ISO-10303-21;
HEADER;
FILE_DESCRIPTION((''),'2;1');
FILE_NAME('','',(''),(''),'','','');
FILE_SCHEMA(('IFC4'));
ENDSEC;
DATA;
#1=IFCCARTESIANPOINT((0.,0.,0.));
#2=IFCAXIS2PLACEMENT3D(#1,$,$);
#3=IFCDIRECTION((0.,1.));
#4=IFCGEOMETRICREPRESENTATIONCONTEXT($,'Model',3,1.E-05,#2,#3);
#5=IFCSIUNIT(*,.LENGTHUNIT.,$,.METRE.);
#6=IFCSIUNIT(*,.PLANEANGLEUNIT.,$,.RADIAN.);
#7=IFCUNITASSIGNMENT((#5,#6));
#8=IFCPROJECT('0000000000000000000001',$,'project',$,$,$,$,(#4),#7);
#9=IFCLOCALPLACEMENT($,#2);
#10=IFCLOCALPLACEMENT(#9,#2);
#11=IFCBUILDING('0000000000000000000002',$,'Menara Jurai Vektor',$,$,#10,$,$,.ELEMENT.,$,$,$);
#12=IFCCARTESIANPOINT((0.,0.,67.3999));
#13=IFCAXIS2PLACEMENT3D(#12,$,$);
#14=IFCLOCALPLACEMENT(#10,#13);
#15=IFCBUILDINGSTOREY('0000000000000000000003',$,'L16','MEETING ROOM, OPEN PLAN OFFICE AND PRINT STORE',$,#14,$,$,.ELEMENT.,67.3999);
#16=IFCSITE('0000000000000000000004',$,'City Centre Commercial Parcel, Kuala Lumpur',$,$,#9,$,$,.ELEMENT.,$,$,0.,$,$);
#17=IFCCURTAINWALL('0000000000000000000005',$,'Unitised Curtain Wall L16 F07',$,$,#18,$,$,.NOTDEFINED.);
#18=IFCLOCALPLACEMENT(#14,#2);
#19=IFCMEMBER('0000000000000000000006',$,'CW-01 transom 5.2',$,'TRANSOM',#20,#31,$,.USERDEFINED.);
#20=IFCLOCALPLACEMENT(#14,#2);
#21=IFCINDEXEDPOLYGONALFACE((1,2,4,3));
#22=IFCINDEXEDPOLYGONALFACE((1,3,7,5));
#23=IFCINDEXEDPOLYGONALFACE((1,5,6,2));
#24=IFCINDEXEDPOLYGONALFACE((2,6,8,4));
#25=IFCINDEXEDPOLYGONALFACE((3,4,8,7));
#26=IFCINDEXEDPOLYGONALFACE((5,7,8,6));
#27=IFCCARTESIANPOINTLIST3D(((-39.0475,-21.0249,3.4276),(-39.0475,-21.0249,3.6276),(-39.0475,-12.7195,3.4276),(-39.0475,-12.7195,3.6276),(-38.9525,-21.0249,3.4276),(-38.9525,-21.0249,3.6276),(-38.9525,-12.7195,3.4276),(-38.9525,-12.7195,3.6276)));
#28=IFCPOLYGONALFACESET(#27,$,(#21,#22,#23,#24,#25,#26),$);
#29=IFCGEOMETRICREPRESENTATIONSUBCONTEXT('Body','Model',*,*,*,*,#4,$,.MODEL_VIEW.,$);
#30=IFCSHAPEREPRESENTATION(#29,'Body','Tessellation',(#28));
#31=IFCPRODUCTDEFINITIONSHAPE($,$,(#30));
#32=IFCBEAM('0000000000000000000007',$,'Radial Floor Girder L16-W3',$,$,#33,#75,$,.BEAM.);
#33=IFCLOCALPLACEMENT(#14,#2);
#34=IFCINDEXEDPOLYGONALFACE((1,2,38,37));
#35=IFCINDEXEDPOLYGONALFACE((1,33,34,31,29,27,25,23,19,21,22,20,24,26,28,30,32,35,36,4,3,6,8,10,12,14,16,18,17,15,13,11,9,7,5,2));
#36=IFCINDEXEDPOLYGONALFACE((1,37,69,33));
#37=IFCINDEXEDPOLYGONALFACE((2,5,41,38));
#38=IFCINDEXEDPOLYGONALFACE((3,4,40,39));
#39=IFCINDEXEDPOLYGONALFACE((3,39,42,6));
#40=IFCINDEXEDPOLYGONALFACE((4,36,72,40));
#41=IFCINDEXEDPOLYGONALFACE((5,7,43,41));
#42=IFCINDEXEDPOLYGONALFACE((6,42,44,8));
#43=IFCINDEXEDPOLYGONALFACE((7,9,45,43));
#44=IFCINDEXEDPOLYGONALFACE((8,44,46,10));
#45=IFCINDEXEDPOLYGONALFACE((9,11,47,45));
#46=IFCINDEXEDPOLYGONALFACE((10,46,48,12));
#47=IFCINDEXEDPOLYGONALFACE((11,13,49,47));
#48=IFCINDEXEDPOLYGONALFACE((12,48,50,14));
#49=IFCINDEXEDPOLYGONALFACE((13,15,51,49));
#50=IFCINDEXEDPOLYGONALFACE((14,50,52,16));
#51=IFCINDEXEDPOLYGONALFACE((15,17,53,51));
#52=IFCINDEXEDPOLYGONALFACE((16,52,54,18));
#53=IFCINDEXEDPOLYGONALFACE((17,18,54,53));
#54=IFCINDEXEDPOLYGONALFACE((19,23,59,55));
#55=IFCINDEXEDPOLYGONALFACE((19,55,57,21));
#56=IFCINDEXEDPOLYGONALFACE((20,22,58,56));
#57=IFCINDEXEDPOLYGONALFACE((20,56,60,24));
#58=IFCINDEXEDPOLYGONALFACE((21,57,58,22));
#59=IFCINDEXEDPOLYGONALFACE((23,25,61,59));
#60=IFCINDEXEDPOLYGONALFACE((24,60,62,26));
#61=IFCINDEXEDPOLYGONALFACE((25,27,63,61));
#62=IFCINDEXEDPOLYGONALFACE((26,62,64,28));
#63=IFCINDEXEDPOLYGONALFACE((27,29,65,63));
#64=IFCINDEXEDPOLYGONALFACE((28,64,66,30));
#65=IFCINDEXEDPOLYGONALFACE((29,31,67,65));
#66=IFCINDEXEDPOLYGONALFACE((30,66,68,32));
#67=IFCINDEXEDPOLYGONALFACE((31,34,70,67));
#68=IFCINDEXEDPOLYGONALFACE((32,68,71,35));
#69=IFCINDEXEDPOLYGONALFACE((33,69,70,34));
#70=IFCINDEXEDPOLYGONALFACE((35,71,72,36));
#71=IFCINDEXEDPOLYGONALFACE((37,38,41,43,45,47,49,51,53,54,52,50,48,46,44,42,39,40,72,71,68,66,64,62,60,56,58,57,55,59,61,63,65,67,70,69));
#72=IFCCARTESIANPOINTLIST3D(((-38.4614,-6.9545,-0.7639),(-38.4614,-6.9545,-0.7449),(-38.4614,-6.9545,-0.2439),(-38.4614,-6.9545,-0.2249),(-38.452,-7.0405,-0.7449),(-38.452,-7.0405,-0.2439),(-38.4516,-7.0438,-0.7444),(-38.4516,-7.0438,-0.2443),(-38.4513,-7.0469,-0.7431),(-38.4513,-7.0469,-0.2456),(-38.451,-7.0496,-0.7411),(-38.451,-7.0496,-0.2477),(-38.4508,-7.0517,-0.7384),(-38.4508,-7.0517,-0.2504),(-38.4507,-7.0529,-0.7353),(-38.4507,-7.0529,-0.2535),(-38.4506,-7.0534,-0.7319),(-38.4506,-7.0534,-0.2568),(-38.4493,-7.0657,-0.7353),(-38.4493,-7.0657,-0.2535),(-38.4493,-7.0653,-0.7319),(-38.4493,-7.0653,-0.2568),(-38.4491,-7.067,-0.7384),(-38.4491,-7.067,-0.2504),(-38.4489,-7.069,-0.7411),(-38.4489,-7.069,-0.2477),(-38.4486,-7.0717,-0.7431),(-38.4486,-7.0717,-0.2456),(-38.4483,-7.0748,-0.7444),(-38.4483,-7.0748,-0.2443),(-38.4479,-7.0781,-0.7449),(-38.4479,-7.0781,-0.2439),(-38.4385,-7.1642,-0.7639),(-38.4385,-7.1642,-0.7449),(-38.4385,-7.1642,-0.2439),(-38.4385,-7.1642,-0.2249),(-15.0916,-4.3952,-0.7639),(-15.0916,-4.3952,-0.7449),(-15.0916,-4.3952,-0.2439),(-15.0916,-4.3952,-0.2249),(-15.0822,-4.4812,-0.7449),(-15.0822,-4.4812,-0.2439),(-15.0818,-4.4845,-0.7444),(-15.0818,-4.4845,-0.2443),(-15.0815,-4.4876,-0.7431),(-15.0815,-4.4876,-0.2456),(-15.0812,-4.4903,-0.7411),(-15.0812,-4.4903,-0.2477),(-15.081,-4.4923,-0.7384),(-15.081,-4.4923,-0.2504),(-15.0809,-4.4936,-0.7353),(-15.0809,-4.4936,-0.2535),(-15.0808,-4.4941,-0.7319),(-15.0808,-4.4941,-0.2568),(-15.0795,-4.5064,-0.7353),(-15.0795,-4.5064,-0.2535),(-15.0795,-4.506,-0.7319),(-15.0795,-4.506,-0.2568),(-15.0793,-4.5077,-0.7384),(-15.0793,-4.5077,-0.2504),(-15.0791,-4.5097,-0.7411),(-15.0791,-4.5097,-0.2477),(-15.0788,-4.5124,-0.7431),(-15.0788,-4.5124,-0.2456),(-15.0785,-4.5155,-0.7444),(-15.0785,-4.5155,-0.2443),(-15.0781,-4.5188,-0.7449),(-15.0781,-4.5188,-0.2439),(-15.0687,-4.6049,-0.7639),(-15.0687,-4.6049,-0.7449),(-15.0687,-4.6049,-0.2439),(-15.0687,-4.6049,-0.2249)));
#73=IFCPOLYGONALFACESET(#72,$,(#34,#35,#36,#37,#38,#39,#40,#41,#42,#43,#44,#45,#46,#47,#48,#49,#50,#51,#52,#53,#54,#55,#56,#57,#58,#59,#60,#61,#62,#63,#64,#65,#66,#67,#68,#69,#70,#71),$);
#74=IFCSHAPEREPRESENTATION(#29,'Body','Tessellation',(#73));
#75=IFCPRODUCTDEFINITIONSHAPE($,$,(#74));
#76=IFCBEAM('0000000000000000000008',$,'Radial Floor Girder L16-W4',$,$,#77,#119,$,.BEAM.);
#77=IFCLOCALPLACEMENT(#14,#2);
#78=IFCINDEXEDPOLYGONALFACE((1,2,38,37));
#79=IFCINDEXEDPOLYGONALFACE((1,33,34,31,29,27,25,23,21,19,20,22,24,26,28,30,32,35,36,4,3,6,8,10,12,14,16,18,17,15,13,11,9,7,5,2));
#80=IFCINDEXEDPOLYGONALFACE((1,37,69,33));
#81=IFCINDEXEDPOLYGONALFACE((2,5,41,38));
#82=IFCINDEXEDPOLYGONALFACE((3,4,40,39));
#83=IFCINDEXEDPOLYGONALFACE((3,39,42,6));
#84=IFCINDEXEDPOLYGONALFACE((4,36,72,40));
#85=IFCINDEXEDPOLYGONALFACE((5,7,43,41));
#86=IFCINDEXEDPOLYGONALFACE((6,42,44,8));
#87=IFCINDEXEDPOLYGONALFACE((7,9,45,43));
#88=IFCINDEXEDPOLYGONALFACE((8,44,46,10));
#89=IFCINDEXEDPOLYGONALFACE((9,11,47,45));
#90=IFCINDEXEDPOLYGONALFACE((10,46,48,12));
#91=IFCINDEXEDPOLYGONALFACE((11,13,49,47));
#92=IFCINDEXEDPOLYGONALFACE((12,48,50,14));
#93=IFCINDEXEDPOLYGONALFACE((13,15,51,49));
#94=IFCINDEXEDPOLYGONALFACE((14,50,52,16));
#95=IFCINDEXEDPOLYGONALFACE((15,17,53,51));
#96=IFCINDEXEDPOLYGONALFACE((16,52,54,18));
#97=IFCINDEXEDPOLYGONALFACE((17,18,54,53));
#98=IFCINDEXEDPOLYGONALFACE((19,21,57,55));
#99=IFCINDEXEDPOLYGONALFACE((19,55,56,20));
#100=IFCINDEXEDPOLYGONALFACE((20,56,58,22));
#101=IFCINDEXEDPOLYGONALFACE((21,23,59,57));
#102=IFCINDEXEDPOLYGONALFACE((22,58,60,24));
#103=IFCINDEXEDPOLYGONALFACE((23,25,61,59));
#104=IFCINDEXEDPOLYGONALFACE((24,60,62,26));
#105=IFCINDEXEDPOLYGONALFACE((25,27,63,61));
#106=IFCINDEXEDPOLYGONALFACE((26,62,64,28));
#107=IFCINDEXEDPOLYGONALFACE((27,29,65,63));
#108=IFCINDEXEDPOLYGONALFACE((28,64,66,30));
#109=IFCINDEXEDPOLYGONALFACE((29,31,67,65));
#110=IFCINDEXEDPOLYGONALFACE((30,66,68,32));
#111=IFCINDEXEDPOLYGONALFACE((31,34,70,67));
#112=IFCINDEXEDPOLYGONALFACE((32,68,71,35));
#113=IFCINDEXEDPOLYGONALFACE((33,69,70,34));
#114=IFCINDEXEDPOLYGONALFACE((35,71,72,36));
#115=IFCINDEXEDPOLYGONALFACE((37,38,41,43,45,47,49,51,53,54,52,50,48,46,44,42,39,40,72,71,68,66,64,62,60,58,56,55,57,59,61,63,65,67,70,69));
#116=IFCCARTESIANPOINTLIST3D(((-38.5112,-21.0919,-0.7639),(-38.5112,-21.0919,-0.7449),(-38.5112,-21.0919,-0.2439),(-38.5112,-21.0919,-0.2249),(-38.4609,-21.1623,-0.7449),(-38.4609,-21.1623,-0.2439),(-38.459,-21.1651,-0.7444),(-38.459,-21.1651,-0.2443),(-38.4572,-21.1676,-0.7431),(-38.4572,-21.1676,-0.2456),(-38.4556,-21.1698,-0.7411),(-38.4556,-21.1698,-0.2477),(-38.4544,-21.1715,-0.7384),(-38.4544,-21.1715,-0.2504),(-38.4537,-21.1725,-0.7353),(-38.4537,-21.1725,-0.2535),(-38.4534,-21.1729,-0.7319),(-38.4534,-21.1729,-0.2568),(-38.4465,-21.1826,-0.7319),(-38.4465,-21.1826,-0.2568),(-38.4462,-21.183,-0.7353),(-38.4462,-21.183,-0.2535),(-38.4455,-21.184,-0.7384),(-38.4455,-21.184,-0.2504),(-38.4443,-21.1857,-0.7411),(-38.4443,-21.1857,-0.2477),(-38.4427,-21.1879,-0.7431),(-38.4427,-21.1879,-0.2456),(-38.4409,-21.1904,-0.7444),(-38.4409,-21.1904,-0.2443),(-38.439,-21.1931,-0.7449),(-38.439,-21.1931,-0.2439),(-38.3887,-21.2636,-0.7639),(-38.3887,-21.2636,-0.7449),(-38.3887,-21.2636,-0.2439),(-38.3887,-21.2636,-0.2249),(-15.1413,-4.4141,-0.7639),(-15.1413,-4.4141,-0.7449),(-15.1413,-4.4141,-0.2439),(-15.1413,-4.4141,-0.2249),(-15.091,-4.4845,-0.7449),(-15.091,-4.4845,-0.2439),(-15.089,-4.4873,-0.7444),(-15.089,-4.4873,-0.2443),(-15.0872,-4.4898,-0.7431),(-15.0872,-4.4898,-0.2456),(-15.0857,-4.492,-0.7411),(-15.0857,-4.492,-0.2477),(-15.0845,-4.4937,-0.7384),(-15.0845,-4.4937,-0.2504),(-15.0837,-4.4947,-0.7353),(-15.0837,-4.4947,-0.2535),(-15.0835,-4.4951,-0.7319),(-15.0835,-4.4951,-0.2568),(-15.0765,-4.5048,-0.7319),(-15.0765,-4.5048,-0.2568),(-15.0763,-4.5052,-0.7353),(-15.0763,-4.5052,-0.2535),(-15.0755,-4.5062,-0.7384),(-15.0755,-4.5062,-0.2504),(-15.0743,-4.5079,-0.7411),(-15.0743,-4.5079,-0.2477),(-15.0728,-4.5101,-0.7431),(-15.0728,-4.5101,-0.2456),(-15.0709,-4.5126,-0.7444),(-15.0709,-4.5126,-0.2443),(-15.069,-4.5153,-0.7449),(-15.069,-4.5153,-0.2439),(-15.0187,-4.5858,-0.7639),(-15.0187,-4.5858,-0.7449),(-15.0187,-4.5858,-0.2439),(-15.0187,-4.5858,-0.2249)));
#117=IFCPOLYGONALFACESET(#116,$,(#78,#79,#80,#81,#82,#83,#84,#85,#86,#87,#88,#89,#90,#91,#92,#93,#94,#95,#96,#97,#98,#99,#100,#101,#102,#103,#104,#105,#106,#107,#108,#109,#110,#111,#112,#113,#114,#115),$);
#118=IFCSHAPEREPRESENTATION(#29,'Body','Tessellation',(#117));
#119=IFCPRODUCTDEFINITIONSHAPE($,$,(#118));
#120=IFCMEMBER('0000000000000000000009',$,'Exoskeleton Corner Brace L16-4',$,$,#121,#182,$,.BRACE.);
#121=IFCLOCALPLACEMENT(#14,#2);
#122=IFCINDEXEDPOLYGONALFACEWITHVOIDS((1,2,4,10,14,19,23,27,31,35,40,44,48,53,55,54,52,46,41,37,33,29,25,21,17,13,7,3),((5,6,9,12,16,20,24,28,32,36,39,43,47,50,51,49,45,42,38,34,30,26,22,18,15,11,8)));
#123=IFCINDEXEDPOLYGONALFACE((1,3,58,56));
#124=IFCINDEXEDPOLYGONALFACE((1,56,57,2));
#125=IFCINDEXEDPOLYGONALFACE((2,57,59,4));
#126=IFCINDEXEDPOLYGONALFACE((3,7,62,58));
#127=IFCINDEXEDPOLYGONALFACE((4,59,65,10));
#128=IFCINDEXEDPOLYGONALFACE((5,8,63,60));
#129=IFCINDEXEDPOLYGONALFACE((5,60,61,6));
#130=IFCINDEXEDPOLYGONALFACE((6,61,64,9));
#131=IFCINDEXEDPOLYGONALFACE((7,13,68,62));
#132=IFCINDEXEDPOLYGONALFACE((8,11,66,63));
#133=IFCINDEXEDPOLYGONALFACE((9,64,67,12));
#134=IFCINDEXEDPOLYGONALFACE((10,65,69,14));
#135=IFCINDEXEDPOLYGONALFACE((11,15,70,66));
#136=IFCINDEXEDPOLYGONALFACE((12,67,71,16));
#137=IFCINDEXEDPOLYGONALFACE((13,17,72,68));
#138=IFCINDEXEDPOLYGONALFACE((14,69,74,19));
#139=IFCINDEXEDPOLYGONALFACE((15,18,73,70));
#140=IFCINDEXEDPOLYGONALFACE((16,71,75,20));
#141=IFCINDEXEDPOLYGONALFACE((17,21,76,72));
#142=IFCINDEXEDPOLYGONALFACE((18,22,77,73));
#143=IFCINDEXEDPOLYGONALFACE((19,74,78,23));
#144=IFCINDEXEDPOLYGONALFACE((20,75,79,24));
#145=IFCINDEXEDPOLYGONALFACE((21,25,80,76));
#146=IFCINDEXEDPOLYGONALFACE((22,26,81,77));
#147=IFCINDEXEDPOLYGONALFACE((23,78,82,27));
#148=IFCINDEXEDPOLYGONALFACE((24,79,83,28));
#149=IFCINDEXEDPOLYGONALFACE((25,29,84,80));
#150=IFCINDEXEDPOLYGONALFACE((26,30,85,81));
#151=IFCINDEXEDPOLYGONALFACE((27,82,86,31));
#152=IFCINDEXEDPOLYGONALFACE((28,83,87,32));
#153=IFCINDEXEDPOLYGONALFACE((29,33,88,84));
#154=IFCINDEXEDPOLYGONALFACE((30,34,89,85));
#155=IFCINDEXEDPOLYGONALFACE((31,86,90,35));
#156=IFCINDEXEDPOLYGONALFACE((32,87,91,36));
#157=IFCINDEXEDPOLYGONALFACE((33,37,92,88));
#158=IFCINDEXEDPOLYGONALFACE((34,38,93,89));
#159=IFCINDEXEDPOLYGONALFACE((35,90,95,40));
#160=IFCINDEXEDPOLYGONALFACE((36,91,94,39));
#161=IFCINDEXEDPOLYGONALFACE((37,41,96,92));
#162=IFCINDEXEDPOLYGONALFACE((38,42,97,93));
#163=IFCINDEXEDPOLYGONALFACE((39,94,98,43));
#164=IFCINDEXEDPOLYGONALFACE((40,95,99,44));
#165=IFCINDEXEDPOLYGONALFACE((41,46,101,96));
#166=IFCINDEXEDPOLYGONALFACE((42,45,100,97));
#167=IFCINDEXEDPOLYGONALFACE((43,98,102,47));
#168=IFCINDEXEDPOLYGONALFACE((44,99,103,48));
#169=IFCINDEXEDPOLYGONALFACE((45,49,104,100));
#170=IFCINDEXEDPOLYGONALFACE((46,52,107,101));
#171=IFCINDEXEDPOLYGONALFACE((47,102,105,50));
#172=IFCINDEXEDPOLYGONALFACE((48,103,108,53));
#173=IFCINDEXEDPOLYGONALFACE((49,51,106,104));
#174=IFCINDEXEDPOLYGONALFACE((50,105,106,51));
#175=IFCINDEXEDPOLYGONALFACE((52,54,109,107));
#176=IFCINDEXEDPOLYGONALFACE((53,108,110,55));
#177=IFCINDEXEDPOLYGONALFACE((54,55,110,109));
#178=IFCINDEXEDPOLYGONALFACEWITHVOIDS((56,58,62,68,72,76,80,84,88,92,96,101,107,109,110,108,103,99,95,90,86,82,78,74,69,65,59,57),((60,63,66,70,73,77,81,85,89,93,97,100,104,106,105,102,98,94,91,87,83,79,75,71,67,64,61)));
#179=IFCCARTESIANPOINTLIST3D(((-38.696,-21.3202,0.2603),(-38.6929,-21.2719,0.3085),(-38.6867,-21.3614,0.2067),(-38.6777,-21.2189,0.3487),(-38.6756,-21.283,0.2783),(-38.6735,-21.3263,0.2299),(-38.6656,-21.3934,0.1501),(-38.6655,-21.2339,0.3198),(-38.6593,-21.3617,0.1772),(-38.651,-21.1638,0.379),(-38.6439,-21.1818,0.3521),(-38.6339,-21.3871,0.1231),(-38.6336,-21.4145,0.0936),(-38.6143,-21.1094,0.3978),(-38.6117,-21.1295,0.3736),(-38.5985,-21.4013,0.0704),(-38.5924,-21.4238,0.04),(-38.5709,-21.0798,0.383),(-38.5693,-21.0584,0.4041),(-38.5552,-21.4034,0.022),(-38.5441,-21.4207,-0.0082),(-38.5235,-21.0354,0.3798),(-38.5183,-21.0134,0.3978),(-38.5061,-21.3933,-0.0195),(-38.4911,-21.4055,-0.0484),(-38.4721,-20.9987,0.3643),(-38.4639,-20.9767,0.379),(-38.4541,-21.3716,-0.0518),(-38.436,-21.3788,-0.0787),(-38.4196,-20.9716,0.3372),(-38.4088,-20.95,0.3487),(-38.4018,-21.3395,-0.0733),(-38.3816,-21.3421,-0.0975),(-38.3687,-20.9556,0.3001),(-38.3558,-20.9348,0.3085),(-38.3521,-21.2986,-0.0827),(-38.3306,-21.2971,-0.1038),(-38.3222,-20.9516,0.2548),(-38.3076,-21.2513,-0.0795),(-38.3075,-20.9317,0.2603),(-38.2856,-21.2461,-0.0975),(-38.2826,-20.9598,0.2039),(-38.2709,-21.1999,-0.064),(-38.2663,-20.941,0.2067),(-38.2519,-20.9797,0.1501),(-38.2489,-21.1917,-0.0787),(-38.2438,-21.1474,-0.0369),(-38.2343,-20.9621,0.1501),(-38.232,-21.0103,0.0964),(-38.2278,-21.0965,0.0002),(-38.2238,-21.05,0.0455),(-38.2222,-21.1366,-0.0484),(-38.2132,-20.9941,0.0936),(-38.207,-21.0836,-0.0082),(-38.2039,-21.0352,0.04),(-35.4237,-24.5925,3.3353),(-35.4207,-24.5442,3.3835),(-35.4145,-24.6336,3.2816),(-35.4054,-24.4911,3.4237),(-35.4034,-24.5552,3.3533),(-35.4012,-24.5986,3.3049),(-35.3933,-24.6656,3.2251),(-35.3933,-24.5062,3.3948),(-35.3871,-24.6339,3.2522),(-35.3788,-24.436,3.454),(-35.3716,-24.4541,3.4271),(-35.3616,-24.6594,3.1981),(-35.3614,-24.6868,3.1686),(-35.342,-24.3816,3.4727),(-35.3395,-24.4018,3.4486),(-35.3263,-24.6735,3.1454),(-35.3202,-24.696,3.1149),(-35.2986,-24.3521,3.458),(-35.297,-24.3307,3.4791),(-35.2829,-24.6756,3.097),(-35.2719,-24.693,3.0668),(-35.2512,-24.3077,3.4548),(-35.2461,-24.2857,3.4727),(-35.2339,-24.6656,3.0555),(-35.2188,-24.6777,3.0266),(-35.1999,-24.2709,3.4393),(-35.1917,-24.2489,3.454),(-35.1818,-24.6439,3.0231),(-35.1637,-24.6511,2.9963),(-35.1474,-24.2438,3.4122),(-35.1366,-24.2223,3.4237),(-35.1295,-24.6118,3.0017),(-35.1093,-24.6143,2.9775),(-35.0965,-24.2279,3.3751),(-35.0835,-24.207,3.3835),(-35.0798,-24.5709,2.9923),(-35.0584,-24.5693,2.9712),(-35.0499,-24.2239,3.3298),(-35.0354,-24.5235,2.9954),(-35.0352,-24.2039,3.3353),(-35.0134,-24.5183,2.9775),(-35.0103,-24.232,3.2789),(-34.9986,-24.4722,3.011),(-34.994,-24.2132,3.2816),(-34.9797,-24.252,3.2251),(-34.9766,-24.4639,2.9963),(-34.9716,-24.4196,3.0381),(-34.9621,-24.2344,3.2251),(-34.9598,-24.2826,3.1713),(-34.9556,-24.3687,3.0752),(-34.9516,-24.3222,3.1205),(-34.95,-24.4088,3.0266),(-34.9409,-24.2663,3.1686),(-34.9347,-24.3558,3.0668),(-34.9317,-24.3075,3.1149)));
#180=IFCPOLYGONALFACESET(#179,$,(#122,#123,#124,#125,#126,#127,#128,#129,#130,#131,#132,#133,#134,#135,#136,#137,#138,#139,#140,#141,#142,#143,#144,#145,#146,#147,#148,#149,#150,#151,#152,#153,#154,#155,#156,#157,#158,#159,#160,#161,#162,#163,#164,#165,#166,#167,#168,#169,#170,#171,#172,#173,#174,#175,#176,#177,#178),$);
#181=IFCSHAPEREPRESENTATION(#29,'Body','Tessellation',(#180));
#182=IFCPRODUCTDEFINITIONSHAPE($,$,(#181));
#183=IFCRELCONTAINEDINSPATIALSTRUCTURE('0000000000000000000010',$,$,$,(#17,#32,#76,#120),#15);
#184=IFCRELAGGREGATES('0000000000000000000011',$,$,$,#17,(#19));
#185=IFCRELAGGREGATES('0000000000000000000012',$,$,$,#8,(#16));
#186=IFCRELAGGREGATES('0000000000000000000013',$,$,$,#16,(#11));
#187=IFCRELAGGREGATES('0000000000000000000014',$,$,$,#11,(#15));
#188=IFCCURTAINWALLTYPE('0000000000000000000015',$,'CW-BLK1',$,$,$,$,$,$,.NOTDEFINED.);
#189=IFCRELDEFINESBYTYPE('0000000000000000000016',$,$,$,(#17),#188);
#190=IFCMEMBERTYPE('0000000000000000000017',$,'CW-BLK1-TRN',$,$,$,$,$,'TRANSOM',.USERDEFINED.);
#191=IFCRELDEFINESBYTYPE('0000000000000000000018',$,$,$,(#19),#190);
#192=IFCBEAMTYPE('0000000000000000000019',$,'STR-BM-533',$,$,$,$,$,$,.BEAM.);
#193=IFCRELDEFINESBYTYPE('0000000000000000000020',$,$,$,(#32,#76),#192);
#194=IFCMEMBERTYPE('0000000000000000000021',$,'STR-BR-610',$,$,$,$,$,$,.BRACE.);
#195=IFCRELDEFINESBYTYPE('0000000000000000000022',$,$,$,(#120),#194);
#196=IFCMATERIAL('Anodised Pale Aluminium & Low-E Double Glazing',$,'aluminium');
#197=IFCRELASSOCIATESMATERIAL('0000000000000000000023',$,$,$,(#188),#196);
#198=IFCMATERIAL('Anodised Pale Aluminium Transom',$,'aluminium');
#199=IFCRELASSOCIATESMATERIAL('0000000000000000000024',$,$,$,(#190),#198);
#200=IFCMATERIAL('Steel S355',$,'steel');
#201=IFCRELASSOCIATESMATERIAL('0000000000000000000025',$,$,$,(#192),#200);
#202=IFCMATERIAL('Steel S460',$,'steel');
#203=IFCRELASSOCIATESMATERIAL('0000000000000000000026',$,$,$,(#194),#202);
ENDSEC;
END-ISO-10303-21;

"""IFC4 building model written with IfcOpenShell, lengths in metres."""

from ifc_helpers import new_model, si_unit, direction, frame, origin, origin_2d, place, context, subcontext, project, spatial, rectangle, hollow_circle, i_section, extrude, material, material_profile, profile_set, type_object, element, aggregate, save


model = new_model("IFC4")

# Units and contexts
model_context = context("Model", 3, precision=1e-05, world=origin(), true_north=direction((0.0, 1.0)))
body_context = subcontext(model_context, "Body", "Model", "MODEL_VIEW")
ifc_project = project(units=[si_unit("LENGTHUNIT", "METRE"), si_unit("PLANEANGLEUNIT", "RADIAN")], contexts=[model_context])

# Site, building, storey
site_placement = place(None, origin())
site = spatial("IfcSite", under=ifc_project, at=site_placement, Name="City Centre Commercial Parcel, Kuala Lumpur", CompositionType="ELEMENT", RefElevation=0.0)
building_placement = place(site_placement, origin())
building = spatial("IfcBuilding", under=site, at=building_placement, Name="Menara Jurai Vektor", CompositionType="ELEMENT")
storey_placement = place(building_placement, frame((0.0, 0.0, 67.3999)))
storey = spatial("IfcBuildingStorey", under=building, at=storey_placement, Name="L16", Description="MEETING ROOM, OPEN PLAN OFFICE AND PRINT STORE", CompositionType="ELEMENT", Elevation=67.3999)

# Shared definitions
ifc_material_1 = material(Name="Steel S460", Category="steel")

# Curtain wall
ifc_material_2 = material(Name="Anodised Pale Aluminium & Low-E Double Glazing", Category="aluminium")
curtain_wall_type = type_object("IfcCurtainWallType", Name="CW-BLK1", PredefinedType="NOTDEFINED", material=ifc_material_2)
curtain_wall_1_placement = place(storey_placement, origin())
curtain_wall_1 = element("IfcCurtainWall", 1, at=curtain_wall_1_placement, inside=storey, type_object=curtain_wall_type, Name="Unitised Curtain Wall L16 F07", PredefinedType="NOTDEFINED")

# Member
ifc_material_3 = material(Name="Anodised Pale Aluminium Transom", Category="aluminium")
ifc_material_profile_1 = material_profile(ifc_material_3, rectangle(XDim=0.095, YDim=0.2, at=origin_2d()), Name="ALU TRN 95x200")
ifc_profile_set_1 = profile_set([ifc_material_profile_1], Name="Anodised Pale Aluminium Transom")
member_type_1 = type_object("IfcMemberType", Name="CW-BLK1-TRN", ElementType="TRANSOM", PredefinedType="USERDEFINED", material=ifc_profile_set_1)
member_1_placement = place(storey_placement, frame((-39.0, -12.7195, 3.5276), z_axis=(0.0, -1.0, 0.0), x_axis=(1.0, 0.0, 0.0)))
member_1 = element("IfcMember", 2, at=member_1_placement, type_object=member_type_1, Name="CW-01 transom 5.2", ObjectType="TRANSOM", PredefinedType="USERDEFINED", context=body_context, shape_type="SweptSolid", body=[
    extrude(rectangle(XDim=0.095, YDim=0.2, at=origin_2d()), origin(), (0.0, 0.0, 1.0), 8.3054),
])

# Beams
ifc_material_4 = material(Name="Steel S355", Category="steel")
ifc_material_profile_2 = material_profile(ifc_material_4, i_section(OverallWidth=0.2109, OverallDepth=0.5391, WebThickness=0.012, FlangeThickness=0.019, FilletRadius=0.0129, at=origin_2d()), Name="UKB 533x210x109")
ifc_profile_set_2 = profile_set([ifc_material_profile_2], Name="Steel S355")
beam_type_1 = type_object("IfcBeamType", Name="STR-BM-533", PredefinedType="BEAM", material=ifc_profile_set_2)
beam_1_placement = place(storey_placement, frame((-38.45, -7.0593, -0.4944), z_axis=(0.994057, 0.108863, 0.0), x_axis=(-0.108863, 0.994057, 0.0)))
element("IfcBeam", 3, at=beam_1_placement, inside=storey, type_object=beam_type_1, Name="Radial Floor Girder L16-W3", PredefinedType="BEAM", context=body_context, shape_type="SweptSolid", body=[
    extrude(i_section(OverallWidth=0.2109, OverallDepth=0.5391, WebThickness=0.012, FlangeThickness=0.019, FilletRadius=0.0129, at=origin_2d()), origin(), (0.0, 0.0, 1.0), 23.5095),
])
beam_2_placement = place(storey_placement, frame((-38.45, -21.1777, -0.4944), z_axis=(0.813981, 0.580891, 0.0), x_axis=(-0.580891, 0.813981, 0.0)))
element("IfcBeam", 4, at=beam_2_placement, inside=storey, type_object=beam_type_1, Name="Radial Floor Girder L16-W4", PredefinedType="BEAM", context=body_context, shape_type="SweptSolid", body=[
    extrude(i_section(OverallWidth=0.2109, OverallDepth=0.5391, WebThickness=0.012, FlangeThickness=0.019, FilletRadius=0.0129, at=origin_2d()), origin(), (0.0, 0.0, 1.0), 28.7107),
])

# Member
ifc_material_profile_3 = material_profile(ifc_material_1, hollow_circle(Radius=0.3049, WallThickness=0.0249, at=origin_2d()), Name="CHS 610x25")
ifc_profile_set_3 = profile_set([ifc_material_profile_3], Name="Steel S460")
member_type_2 = type_object("IfcMemberType", Name="STR-BR-610", PredefinedType="BRACE", material=ifc_profile_set_3)
member_2_placement = place(storey_placement, frame((-38.45, -21.1777, 0.1501), z_axis=(0.588942, -0.588942, 0.553438), x_axis=(0.707107, 0.707107, 0.0)))
element("IfcMember", 5, at=member_2_placement, inside=storey, type_object=member_type_2, Name="Exoskeleton Corner Brace L16-4", PredefinedType="BRACE", context=body_context, shape_type="SweptSolid", body=[
    extrude(hollow_circle(Radius=0.3049, WallThickness=0.0249, at=origin_2d()), origin(), (0.0, 0.0, 1.0), 5.5562),
])

aggregate(curtain_wall_1, [member_1])

save(model, "model.ifc")
